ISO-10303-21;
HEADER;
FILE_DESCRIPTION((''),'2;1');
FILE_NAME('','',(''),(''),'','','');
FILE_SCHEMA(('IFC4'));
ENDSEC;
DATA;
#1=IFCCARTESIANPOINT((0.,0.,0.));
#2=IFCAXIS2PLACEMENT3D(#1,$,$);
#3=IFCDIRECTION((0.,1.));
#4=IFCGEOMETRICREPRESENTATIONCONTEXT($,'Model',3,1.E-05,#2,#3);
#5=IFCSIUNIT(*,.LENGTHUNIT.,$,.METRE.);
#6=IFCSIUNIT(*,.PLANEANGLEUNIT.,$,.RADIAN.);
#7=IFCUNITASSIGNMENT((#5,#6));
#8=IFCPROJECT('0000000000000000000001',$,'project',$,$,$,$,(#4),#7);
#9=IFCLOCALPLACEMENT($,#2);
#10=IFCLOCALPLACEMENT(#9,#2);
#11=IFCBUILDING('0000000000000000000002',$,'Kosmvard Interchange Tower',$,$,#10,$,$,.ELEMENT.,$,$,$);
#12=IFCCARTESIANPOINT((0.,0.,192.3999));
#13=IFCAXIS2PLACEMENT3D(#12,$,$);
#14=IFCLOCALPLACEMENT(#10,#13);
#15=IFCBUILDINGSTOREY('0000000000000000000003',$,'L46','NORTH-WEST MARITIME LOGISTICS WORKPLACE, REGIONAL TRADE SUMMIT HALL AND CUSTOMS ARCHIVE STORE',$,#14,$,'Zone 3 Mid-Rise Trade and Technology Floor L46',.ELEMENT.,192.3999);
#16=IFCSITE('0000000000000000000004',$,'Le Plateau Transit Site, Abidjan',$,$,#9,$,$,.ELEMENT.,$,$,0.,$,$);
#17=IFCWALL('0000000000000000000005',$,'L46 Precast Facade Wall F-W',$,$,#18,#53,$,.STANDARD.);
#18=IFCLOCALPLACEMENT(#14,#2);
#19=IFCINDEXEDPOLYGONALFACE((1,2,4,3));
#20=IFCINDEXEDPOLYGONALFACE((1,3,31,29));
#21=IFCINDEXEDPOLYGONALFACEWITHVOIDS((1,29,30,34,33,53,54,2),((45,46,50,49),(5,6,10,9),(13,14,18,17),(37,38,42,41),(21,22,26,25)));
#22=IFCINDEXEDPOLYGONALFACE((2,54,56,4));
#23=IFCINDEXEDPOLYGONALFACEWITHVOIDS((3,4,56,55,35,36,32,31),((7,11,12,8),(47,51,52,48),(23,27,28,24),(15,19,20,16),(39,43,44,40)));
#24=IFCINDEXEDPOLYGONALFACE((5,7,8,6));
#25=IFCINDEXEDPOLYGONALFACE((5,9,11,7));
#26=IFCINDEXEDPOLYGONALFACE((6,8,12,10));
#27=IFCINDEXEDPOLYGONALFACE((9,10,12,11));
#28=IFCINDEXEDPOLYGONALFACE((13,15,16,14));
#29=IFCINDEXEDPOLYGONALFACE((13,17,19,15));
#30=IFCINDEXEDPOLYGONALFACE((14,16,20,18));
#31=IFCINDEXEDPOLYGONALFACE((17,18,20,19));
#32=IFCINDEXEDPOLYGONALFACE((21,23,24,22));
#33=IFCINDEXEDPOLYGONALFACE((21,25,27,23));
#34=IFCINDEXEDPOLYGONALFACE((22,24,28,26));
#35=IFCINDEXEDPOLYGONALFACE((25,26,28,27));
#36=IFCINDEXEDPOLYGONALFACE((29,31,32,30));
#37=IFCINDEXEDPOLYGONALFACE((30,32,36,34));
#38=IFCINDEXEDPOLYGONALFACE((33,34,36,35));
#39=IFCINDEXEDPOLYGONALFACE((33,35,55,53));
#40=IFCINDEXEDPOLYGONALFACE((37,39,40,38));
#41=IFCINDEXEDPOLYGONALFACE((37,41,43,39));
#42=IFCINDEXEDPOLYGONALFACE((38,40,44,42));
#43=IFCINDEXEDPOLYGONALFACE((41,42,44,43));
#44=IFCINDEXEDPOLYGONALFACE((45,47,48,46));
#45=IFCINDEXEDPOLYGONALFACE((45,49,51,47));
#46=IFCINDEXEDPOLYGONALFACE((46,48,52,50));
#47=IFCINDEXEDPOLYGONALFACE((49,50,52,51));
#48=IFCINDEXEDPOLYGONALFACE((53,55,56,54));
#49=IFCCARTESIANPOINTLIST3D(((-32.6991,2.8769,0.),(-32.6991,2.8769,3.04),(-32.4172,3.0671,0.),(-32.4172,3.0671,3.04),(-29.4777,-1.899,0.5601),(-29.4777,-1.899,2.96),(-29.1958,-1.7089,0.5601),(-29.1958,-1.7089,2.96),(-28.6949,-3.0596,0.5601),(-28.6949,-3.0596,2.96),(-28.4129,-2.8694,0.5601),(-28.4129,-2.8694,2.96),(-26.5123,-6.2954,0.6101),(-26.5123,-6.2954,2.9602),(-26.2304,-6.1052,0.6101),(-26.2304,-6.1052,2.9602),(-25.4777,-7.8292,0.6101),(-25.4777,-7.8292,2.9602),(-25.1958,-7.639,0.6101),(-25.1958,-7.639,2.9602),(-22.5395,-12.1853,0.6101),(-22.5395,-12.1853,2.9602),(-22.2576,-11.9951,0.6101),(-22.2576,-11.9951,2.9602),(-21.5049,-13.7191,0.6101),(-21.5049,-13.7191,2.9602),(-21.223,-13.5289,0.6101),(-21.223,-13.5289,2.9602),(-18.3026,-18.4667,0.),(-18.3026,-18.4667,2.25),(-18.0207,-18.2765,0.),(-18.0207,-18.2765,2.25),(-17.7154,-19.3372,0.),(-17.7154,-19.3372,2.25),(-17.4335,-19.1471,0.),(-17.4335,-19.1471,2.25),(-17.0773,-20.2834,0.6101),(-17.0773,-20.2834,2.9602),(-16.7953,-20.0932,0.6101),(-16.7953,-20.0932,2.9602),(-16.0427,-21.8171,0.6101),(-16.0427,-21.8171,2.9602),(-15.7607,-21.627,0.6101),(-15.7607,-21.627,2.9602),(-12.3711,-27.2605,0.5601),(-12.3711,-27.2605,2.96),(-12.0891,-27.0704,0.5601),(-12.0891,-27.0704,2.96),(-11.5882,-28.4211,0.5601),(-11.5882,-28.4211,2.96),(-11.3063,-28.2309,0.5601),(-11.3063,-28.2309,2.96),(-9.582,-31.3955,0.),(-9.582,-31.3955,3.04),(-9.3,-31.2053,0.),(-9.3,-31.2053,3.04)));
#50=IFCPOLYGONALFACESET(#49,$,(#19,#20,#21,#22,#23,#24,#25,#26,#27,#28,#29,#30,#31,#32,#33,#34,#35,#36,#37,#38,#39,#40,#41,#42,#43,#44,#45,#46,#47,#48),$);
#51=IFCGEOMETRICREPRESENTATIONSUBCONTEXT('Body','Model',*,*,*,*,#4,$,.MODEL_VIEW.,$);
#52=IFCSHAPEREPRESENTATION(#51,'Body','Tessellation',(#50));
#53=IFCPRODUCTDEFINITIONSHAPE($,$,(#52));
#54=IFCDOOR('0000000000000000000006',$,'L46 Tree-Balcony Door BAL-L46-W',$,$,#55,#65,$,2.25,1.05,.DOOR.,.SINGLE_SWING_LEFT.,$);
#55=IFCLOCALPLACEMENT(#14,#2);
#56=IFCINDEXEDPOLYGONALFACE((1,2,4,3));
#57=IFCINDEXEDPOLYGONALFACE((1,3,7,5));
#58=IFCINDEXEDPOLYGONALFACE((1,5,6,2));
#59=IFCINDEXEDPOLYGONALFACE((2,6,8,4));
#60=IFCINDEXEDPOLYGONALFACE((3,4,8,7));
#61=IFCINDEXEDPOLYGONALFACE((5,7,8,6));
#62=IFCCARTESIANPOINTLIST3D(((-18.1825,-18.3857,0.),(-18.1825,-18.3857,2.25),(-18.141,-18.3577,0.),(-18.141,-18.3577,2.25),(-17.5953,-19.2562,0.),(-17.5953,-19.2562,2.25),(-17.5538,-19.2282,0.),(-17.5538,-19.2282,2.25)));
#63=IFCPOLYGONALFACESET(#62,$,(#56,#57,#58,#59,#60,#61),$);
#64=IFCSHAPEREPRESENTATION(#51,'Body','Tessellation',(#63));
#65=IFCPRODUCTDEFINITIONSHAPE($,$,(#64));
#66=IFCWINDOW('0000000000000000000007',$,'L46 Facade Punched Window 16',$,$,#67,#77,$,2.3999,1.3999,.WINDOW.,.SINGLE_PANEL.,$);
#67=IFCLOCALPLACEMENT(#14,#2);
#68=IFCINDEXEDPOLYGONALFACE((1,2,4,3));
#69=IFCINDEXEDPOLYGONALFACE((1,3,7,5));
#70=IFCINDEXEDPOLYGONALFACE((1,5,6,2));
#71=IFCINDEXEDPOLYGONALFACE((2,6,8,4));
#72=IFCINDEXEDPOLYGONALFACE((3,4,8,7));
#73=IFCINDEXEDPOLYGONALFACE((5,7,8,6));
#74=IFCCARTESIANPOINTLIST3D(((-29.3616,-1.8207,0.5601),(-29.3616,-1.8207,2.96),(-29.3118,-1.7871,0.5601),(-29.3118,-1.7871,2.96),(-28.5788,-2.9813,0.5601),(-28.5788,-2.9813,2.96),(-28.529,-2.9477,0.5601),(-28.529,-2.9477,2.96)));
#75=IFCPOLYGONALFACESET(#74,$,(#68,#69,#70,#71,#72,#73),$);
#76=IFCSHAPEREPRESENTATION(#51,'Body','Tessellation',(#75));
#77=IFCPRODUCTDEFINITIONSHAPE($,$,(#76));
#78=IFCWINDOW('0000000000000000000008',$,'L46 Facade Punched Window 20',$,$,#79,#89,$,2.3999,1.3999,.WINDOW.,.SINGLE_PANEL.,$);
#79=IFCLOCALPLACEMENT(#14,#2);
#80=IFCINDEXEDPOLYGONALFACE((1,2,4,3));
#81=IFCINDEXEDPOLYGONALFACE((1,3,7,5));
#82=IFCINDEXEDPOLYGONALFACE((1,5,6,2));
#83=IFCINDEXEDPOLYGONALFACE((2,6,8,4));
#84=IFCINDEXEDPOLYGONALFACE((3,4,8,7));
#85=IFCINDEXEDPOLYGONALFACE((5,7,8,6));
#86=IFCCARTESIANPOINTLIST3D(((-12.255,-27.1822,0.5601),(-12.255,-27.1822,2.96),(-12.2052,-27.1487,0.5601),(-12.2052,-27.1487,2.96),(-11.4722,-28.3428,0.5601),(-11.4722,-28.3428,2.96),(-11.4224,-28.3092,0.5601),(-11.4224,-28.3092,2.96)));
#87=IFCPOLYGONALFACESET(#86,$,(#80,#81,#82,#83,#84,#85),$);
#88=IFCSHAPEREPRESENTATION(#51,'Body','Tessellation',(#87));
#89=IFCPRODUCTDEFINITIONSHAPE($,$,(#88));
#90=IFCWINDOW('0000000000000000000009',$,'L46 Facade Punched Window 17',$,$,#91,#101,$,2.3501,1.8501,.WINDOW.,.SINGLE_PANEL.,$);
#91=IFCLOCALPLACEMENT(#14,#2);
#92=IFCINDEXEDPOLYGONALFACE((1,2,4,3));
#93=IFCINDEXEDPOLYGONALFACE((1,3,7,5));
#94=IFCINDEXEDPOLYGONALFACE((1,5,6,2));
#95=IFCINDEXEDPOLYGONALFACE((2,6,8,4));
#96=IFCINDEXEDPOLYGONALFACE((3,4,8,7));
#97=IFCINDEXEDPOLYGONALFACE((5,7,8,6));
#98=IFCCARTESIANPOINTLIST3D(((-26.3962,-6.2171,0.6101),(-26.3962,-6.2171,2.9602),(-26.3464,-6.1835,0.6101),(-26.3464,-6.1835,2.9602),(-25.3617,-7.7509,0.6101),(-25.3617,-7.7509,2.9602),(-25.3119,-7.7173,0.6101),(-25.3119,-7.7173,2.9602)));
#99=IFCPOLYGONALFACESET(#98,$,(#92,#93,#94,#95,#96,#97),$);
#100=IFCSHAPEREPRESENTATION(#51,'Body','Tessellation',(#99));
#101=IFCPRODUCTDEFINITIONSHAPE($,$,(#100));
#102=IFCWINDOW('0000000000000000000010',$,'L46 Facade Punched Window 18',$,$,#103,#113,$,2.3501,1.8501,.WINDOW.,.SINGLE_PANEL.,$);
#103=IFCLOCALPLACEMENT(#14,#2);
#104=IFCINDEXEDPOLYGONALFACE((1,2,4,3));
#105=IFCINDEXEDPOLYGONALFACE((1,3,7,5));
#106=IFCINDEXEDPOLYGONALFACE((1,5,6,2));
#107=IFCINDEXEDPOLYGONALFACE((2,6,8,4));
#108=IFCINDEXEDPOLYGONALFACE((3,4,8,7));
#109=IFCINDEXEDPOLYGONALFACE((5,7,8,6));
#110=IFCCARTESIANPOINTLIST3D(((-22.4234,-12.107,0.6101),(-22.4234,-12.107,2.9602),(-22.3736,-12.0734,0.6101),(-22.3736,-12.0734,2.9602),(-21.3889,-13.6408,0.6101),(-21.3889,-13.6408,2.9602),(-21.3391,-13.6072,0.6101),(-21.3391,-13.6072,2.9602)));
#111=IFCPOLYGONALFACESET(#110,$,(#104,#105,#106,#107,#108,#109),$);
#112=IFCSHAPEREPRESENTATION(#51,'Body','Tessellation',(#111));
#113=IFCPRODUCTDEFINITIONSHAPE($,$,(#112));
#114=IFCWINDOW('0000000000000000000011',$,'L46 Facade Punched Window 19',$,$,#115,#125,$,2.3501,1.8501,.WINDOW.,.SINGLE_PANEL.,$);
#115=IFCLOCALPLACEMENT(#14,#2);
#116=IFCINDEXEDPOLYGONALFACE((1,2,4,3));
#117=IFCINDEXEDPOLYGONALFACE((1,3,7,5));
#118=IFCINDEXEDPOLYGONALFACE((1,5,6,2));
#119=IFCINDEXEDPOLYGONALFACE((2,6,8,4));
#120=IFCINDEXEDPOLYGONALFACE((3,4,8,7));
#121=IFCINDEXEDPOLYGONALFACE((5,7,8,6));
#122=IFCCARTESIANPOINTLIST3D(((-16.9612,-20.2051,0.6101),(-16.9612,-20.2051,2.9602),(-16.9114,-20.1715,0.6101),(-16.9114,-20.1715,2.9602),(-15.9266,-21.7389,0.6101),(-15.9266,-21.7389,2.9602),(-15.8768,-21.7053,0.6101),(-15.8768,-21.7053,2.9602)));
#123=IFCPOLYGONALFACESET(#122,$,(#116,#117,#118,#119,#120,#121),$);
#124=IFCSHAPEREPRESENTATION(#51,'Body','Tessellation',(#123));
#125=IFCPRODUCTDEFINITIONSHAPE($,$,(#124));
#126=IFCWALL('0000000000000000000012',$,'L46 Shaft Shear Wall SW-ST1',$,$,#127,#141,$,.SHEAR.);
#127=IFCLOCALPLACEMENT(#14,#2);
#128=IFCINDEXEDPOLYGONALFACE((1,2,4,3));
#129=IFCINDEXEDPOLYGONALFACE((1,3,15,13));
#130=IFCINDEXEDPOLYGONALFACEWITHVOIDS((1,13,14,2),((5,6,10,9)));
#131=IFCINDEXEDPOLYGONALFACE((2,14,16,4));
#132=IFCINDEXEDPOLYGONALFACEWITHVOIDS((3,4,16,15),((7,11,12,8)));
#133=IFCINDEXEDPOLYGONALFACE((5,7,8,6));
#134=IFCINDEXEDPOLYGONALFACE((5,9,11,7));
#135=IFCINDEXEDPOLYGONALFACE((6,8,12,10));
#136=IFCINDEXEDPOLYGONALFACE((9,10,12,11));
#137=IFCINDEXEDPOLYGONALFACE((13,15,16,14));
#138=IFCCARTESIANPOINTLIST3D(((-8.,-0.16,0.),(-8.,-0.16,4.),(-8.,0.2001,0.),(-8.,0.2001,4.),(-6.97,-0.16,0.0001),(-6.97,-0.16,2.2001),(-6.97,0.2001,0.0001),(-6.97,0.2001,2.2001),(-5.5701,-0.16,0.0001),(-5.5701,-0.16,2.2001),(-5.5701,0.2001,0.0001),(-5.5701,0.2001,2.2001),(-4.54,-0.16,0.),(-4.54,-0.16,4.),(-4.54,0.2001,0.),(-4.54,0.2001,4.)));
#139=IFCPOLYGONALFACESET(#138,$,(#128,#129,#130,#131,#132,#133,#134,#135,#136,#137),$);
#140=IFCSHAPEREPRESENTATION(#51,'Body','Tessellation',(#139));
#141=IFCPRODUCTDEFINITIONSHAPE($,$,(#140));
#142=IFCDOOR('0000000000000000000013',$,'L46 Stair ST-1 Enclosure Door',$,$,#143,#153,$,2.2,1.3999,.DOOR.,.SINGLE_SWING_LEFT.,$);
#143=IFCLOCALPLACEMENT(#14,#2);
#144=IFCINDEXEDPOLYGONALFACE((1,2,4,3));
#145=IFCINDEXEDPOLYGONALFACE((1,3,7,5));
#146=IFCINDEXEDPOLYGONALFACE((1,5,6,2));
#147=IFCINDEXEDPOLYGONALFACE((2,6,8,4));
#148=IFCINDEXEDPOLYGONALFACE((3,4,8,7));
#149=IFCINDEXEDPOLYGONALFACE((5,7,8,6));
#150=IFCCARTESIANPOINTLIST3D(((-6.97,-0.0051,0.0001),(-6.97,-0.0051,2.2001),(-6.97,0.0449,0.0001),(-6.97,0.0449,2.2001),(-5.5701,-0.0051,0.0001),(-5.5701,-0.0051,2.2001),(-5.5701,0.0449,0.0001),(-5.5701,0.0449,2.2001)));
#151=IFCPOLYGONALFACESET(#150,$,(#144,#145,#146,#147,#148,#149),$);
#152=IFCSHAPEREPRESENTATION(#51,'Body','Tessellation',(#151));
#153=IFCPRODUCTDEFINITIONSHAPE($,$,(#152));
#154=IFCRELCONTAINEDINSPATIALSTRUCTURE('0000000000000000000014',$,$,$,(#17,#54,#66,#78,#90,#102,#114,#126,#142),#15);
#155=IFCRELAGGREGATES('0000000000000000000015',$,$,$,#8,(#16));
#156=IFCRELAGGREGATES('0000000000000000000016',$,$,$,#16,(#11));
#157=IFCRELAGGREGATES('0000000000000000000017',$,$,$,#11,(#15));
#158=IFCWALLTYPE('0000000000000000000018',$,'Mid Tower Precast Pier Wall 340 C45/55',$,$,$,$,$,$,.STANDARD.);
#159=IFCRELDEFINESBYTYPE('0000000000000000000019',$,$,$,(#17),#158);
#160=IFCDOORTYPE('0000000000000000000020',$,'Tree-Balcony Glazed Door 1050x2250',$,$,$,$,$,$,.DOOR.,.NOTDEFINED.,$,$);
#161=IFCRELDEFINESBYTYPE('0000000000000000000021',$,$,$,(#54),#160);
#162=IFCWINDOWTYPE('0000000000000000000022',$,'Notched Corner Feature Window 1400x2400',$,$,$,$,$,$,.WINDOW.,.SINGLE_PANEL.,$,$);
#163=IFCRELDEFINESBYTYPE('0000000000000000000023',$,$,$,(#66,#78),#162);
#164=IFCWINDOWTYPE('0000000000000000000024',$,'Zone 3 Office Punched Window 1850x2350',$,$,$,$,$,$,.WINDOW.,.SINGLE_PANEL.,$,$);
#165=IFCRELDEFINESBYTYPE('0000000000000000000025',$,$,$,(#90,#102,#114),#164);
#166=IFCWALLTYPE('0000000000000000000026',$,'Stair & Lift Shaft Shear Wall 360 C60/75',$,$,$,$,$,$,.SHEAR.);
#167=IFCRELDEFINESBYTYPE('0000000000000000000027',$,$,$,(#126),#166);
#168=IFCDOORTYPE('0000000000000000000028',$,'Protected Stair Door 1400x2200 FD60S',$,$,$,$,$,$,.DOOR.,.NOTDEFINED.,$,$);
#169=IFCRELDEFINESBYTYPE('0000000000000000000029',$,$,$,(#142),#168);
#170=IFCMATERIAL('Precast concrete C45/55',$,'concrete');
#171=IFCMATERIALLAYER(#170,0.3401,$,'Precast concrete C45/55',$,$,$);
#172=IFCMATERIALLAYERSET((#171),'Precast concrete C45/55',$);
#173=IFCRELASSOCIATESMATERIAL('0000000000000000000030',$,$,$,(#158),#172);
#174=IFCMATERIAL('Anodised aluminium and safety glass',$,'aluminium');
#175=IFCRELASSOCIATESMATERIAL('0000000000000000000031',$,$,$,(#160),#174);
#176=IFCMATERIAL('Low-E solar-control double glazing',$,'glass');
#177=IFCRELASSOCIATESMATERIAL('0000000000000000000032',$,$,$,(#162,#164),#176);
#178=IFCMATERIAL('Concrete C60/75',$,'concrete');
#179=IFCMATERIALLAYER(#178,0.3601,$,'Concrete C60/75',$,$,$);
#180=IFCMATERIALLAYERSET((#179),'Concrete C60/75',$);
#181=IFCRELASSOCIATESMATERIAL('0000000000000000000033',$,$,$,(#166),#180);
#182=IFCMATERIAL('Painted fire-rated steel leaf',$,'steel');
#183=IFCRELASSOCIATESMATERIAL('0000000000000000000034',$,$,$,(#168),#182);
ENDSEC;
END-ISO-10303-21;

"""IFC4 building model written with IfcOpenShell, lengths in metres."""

from ifc_helpers import new_model, si_unit, direction, frame, frame_2d, origin, place, context, subcontext, project, spatial, rectangle, extrude, source, transform, mapped, material, layer, layer_set, type_object, element, fill, save


model = new_model("IFC4")

# Units and contexts
model_context = context("Model", 3, precision=1e-05, world=origin(), true_north=direction((0.0, 1.0)))
body_context = subcontext(model_context, "Body", "Model", "MODEL_VIEW")
ifc_project = project(units=[si_unit("LENGTHUNIT", "METRE"), si_unit("PLANEANGLEUNIT", "RADIAN")], contexts=[model_context])

# Site, building, storey
site_placement = place(None, origin())
site = spatial("IfcSite", under=ifc_project, at=site_placement, Name="Le Plateau Transit Site, Abidjan", CompositionType="ELEMENT", RefElevation=0.0)
building_placement = place(site_placement, origin())
building = spatial("IfcBuilding", under=site, at=building_placement, Name="Kosmvard Interchange Tower", CompositionType="ELEMENT")
storey_placement = place(building_placement, frame((0.0, 0.0, 192.3999)))
storey = spatial("IfcBuildingStorey", under=building, at=storey_placement, Name="L46", Description="NORTH-WEST MARITIME LOGISTICS WORKPLACE, REGIONAL TRADE SUMMIT HALL AND CUSTOMS ARCHIVE STORE", LongName="Zone 3 Mid-Rise Trade and Technology Floor L46", CompositionType="ELEMENT", Elevation=192.3999)

# Wall, openings, door, windows
ifc_material_1 = material(Name="Precast concrete C45/55", Category="concrete")
ifc_layer_1 = layer(ifc_material_1, 0.3401, Name="Precast concrete C45/55")
ifc_layer_set_1 = layer_set([ifc_layer_1], Name="Precast concrete C45/55")
wall_type_1 = type_object("IfcWallType", Name="Mid Tower Precast Pier Wall 340 C45/55", PredefinedType="STANDARD", material=ifc_layer_set_1)
wall_1_placement = place(storey_placement, frame((-32.5581, 2.9719, 0.0), z_axis=(0.0, 0.0, 1.0), x_axis=(0.559195, -0.829036, 0.0)))
wall_1 = element("IfcWall", 1, at=wall_1_placement, inside=storey, type_object=wall_type_1, Name="L46 Precast Facade Wall F-W", PredefinedType="STANDARD", context=body_context, shape_type="SweptSolid", body=[
    extrude(rectangle(XDim=41.3401, YDim=0.3401, at=frame_2d((20.6699, 0.0))), origin(), (0.0, 0.0, 1.0), 3.04),
])
opening_1_placement = place(wall_1_placement, frame((25.7451, 0.0, 0.0)))
opening_1 = element("IfcOpeningElement", 2, at=opening_1_placement, cuts=wall_1, PredefinedType="OPENING", context=body_context, shape_type="SweptSolid", body=[
    extrude(rectangle(XDim=1.05, YDim=2.25, at=frame_2d((0.5249, 1.125))), frame((0.0, 0.1802, 0.0), z_axis=(0.0, -1.0, 0.0), x_axis=(1.0, 0.0, 0.0)), (0.0, 0.0, 1.0), 0.3601),
])
opening_2_placement = place(wall_1_placement, frame((5.7607, 0.0, 0.5601)))
opening_2 = element("IfcOpeningElement", 3, at=opening_2_placement, cuts=wall_1, PredefinedType="OPENING", context=body_context, shape_type="SweptSolid", body=[
    extrude(rectangle(XDim=1.3999, YDim=2.3999, at=frame_2d((0.7, 1.2))), frame((0.0, 0.1802, 0.0), z_axis=(0.0, -1.0, 0.0), x_axis=(1.0, 0.0, 0.0)), (0.0, 0.0, 1.0), 0.3601),
])
opening_3_placement = place(wall_1_placement, frame((11.0637, 0.0, 0.6101)))
opening_3 = element("IfcOpeningElement", 4, at=opening_3_placement, cuts=wall_1, PredefinedType="OPENING", context=body_context, shape_type="SweptSolid", body=[
    extrude(rectangle(XDim=1.8501, YDim=2.3501, at=frame_2d((0.925, 1.175))), frame((0.0, 0.1802, 0.0), z_axis=(0.0, -1.0, 0.0), x_axis=(1.0, 0.0, 0.0)), (0.0, 0.0, 1.0), 0.3601),
])
opening_4_placement = place(wall_1_placement, frame((18.1682, 0.0, 0.6101)))
opening_4 = element("IfcOpeningElement", 5, at=opening_4_placement, cuts=wall_1, PredefinedType="OPENING", context=body_context, shape_type="SweptSolid", body=[
    extrude(rectangle(XDim=1.8501, YDim=2.3501, at=frame_2d((0.925, 1.175))), frame((0.0, 0.1802, 0.0), z_axis=(0.0, -1.0, 0.0), x_axis=(1.0, 0.0, 0.0)), (0.0, 0.0, 1.0), 0.3601),
])
opening_5_placement = place(wall_1_placement, frame((27.9363, 0.0, 0.6101)))
opening_5 = element("IfcOpeningElement", 6, at=opening_5_placement, cuts=wall_1, PredefinedType="OPENING", context=body_context, shape_type="SweptSolid", body=[
    extrude(rectangle(XDim=1.8501, YDim=2.3501, at=frame_2d((0.925, 1.175))), frame((0.0, 0.1802, 0.0), z_axis=(0.0, -1.0, 0.0), x_axis=(1.0, 0.0, 0.0)), (0.0, 0.0, 1.0), 0.3601),
])
opening_6_placement = place(wall_1_placement, frame((36.3523, 0.0, 0.5601)))
opening_6 = element("IfcOpeningElement", 7, at=opening_6_placement, cuts=wall_1, PredefinedType="OPENING", context=body_context, shape_type="SweptSolid", body=[
    extrude(rectangle(XDim=1.3999, YDim=2.3999, at=frame_2d((0.7, 1.2))), frame((0.0, 0.1802, 0.0), z_axis=(0.0, -1.0, 0.0), x_axis=(1.0, 0.0, 0.0)), (0.0, 0.0, 1.0), 0.3601),
])
ifc_material_2 = material(Name="Anodised aluminium and safety glass", Category="aluminium")
door_type_1 = type_object("IfcDoorType", Name="Tree-Balcony Glazed Door 1050x2250", OperationType="NOTDEFINED", PredefinedType="DOOR", material=ifc_material_2)
shared_shape_1 = source(origin(), body_context, "Body", "SweptSolid", [
    extrude(rectangle(XDim=1.05, YDim=2.25, at=frame_2d((0.5249, 1.125))), frame((0.0, 0.0249, 0.0), z_axis=(0.0, -1.0, 0.0), x_axis=(1.0, 0.0, 0.0)), (0.0, 0.0, 1.0), 0.05),
])
door_1_placement = place(opening_1_placement, origin())
door_1 = element("IfcDoor", 8, at=door_1_placement, inside=storey, type_object=door_type_1, Name="L46 Tree-Balcony Door BAL-L46-W", OperationType="SINGLE_SWING_LEFT", OverallHeight=2.25, OverallWidth=1.05, PredefinedType="DOOR", context=body_context, shape_type="MappedRepresentation", body=[
    mapped(shared_shape_1, transform((0.0, 0.0, 0.0), scale=1.0)),
])
fill(opening_1, door_1)
ifc_material_3 = material(Name="Low-E solar-control double glazing", Category="glass")
window_type_1 = type_object("IfcWindowType", Name="Notched Corner Feature Window 1400x2400", PartitioningType="SINGLE_PANEL", PredefinedType="WINDOW", material=ifc_material_3)
shared_shape_2 = source(origin(), body_context, "Body", "SweptSolid", [
    extrude(rectangle(XDim=1.3999, YDim=2.3999, at=frame_2d((0.7, 1.2))), frame((0.0, 0.03, 0.0), z_axis=(0.0, -1.0, 0.0), x_axis=(1.0, 0.0, 0.0)), (0.0, 0.0, 1.0), 0.0601),
])
window_1_placement = place(opening_2_placement, origin())
window_1 = element("IfcWindow", 9, at=window_1_placement, inside=storey, type_object=window_type_1, Name="L46 Facade Punched Window 16", OverallHeight=2.3999, OverallWidth=1.3999, PartitioningType="SINGLE_PANEL", PredefinedType="WINDOW", context=body_context, shape_type="MappedRepresentation", body=[
    mapped(shared_shape_2, transform((0.0, 0.0, 0.0), scale=1.0)),
])
fill(opening_2, window_1)
window_2_placement = place(opening_6_placement, origin())
window_2 = element("IfcWindow", 10, at=window_2_placement, inside=storey, type_object=window_type_1, Name="L46 Facade Punched Window 20", OverallHeight=2.3999, OverallWidth=1.3999, PartitioningType="SINGLE_PANEL", PredefinedType="WINDOW", context=body_context, shape_type="MappedRepresentation", body=[
    mapped(shared_shape_2, transform((0.0, 0.0, 0.0), scale=1.0)),
])
fill(opening_6, window_2)
window_type_2 = type_object("IfcWindowType", Name="Zone 3 Office Punched Window 1850x2350", PartitioningType="SINGLE_PANEL", PredefinedType="WINDOW", material=ifc_material_3)
shared_shape_3 = source(origin(), body_context, "Body", "SweptSolid", [
    extrude(rectangle(XDim=1.8501, YDim=2.3501, at=frame_2d((0.925, 1.175))), frame((0.0, 0.03, 0.0), z_axis=(0.0, -1.0, 0.0), x_axis=(1.0, 0.0, 0.0)), (0.0, 0.0, 1.0), 0.0601),
])
window_3_placement = place(opening_3_placement, origin())
window_3 = element("IfcWindow", 11, at=window_3_placement, inside=storey, type_object=window_type_2, Name="L46 Facade Punched Window 17", OverallHeight=2.3501, OverallWidth=1.8501, PartitioningType="SINGLE_PANEL", PredefinedType="WINDOW", context=body_context, shape_type="MappedRepresentation", body=[
    mapped(shared_shape_3, transform((0.0, 0.0, 0.0), scale=1.0)),
])
fill(opening_3, window_3)
window_4_placement = place(opening_4_placement, origin())
window_4 = element("IfcWindow", 12, at=window_4_placement, inside=storey, type_object=window_type_2, Name="L46 Facade Punched Window 18", OverallHeight=2.3501, OverallWidth=1.8501, PartitioningType="SINGLE_PANEL", PredefinedType="WINDOW", context=body_context, shape_type="MappedRepresentation", body=[
    mapped(shared_shape_3, transform((0.0, 0.0, 0.0), scale=1.0)),
])
fill(opening_4, window_4)
window_5_placement = place(opening_5_placement, origin())
window_5 = element("IfcWindow", 13, at=window_5_placement, inside=storey, type_object=window_type_2, Name="L46 Facade Punched Window 19", OverallHeight=2.3501, OverallWidth=1.8501, PartitioningType="SINGLE_PANEL", PredefinedType="WINDOW", context=body_context, shape_type="MappedRepresentation", body=[
    mapped(shared_shape_3, transform((0.0, 0.0, 0.0), scale=1.0)),
])
fill(opening_5, window_5)

# Wall, opening, door
ifc_material_4 = material(Name="Concrete C60/75", Category="concrete")
ifc_layer_2 = layer(ifc_material_4, 0.3601, Name="Concrete C60/75")
ifc_layer_set_2 = layer_set([ifc_layer_2], Name="Concrete C60/75")
wall_type_2 = type_object("IfcWallType", Name="Stair & Lift Shaft Shear Wall 360 C60/75", PredefinedType="SHEAR", material=ifc_layer_set_2)
wall_2_placement = place(storey_placement, frame((-8.0, 0.02, 0.0), z_axis=(0.0, 0.0, 1.0), x_axis=(1.0, 0.0, 0.0)))
wall_2 = element("IfcWall", 14, at=wall_2_placement, inside=storey, type_object=wall_type_2, Name="L46 Shaft Shear Wall SW-ST1", PredefinedType="SHEAR", context=body_context, shape_type="SweptSolid", body=[
    extrude(rectangle(XDim=3.46, YDim=0.3601, at=frame_2d((1.73, 0.0))), origin(), (0.0, 0.0, 1.0), 4.0),
])
opening_7_placement = place(wall_2_placement, frame((1.03, 0.0, 0.0)))
opening_7 = element("IfcOpeningElement", 15, at=opening_7_placement, cuts=wall_2, PredefinedType="OPENING", context=body_context, shape_type="SweptSolid", body=[
    extrude(rectangle(XDim=1.3999, YDim=2.2, at=frame_2d((0.7, 1.1001))), frame((0.0, 0.1899, 0.0), z_axis=(0.0, -1.0, 0.0), x_axis=(1.0, 0.0, 0.0)), (0.0, 0.0, 1.0), 0.3801),
])
ifc_material_5 = material(Name="Painted fire-rated steel leaf", Category="steel")
door_type_2 = type_object("IfcDoorType", Name="Protected Stair Door 1400x2200 FD60S", OperationType="NOTDEFINED", PredefinedType="DOOR", material=ifc_material_5)
shared_shape_4 = source(origin(), body_context, "Body", "SweptSolid", [
    extrude(rectangle(XDim=1.3999, YDim=2.2, at=frame_2d((0.7, 1.1001))), frame((0.0, 0.0249, 0.0), z_axis=(0.0, -1.0, 0.0), x_axis=(1.0, 0.0, 0.0)), (0.0, 0.0, 1.0), 0.05),
])
door_2_placement = place(opening_7_placement, origin())
door_2 = element("IfcDoor", 16, at=door_2_placement, inside=storey, type_object=door_type_2, Name="L46 Stair ST-1 Enclosure Door", OperationType="SINGLE_SWING_LEFT", OverallHeight=2.2, OverallWidth=1.3999, PredefinedType="DOOR", context=body_context, shape_type="MappedRepresentation", body=[
    mapped(shared_shape_4, transform((0.0, 0.0, 0.0), scale=1.0)),
])
fill(opening_7, door_2)

save(model, "model.ifc")
